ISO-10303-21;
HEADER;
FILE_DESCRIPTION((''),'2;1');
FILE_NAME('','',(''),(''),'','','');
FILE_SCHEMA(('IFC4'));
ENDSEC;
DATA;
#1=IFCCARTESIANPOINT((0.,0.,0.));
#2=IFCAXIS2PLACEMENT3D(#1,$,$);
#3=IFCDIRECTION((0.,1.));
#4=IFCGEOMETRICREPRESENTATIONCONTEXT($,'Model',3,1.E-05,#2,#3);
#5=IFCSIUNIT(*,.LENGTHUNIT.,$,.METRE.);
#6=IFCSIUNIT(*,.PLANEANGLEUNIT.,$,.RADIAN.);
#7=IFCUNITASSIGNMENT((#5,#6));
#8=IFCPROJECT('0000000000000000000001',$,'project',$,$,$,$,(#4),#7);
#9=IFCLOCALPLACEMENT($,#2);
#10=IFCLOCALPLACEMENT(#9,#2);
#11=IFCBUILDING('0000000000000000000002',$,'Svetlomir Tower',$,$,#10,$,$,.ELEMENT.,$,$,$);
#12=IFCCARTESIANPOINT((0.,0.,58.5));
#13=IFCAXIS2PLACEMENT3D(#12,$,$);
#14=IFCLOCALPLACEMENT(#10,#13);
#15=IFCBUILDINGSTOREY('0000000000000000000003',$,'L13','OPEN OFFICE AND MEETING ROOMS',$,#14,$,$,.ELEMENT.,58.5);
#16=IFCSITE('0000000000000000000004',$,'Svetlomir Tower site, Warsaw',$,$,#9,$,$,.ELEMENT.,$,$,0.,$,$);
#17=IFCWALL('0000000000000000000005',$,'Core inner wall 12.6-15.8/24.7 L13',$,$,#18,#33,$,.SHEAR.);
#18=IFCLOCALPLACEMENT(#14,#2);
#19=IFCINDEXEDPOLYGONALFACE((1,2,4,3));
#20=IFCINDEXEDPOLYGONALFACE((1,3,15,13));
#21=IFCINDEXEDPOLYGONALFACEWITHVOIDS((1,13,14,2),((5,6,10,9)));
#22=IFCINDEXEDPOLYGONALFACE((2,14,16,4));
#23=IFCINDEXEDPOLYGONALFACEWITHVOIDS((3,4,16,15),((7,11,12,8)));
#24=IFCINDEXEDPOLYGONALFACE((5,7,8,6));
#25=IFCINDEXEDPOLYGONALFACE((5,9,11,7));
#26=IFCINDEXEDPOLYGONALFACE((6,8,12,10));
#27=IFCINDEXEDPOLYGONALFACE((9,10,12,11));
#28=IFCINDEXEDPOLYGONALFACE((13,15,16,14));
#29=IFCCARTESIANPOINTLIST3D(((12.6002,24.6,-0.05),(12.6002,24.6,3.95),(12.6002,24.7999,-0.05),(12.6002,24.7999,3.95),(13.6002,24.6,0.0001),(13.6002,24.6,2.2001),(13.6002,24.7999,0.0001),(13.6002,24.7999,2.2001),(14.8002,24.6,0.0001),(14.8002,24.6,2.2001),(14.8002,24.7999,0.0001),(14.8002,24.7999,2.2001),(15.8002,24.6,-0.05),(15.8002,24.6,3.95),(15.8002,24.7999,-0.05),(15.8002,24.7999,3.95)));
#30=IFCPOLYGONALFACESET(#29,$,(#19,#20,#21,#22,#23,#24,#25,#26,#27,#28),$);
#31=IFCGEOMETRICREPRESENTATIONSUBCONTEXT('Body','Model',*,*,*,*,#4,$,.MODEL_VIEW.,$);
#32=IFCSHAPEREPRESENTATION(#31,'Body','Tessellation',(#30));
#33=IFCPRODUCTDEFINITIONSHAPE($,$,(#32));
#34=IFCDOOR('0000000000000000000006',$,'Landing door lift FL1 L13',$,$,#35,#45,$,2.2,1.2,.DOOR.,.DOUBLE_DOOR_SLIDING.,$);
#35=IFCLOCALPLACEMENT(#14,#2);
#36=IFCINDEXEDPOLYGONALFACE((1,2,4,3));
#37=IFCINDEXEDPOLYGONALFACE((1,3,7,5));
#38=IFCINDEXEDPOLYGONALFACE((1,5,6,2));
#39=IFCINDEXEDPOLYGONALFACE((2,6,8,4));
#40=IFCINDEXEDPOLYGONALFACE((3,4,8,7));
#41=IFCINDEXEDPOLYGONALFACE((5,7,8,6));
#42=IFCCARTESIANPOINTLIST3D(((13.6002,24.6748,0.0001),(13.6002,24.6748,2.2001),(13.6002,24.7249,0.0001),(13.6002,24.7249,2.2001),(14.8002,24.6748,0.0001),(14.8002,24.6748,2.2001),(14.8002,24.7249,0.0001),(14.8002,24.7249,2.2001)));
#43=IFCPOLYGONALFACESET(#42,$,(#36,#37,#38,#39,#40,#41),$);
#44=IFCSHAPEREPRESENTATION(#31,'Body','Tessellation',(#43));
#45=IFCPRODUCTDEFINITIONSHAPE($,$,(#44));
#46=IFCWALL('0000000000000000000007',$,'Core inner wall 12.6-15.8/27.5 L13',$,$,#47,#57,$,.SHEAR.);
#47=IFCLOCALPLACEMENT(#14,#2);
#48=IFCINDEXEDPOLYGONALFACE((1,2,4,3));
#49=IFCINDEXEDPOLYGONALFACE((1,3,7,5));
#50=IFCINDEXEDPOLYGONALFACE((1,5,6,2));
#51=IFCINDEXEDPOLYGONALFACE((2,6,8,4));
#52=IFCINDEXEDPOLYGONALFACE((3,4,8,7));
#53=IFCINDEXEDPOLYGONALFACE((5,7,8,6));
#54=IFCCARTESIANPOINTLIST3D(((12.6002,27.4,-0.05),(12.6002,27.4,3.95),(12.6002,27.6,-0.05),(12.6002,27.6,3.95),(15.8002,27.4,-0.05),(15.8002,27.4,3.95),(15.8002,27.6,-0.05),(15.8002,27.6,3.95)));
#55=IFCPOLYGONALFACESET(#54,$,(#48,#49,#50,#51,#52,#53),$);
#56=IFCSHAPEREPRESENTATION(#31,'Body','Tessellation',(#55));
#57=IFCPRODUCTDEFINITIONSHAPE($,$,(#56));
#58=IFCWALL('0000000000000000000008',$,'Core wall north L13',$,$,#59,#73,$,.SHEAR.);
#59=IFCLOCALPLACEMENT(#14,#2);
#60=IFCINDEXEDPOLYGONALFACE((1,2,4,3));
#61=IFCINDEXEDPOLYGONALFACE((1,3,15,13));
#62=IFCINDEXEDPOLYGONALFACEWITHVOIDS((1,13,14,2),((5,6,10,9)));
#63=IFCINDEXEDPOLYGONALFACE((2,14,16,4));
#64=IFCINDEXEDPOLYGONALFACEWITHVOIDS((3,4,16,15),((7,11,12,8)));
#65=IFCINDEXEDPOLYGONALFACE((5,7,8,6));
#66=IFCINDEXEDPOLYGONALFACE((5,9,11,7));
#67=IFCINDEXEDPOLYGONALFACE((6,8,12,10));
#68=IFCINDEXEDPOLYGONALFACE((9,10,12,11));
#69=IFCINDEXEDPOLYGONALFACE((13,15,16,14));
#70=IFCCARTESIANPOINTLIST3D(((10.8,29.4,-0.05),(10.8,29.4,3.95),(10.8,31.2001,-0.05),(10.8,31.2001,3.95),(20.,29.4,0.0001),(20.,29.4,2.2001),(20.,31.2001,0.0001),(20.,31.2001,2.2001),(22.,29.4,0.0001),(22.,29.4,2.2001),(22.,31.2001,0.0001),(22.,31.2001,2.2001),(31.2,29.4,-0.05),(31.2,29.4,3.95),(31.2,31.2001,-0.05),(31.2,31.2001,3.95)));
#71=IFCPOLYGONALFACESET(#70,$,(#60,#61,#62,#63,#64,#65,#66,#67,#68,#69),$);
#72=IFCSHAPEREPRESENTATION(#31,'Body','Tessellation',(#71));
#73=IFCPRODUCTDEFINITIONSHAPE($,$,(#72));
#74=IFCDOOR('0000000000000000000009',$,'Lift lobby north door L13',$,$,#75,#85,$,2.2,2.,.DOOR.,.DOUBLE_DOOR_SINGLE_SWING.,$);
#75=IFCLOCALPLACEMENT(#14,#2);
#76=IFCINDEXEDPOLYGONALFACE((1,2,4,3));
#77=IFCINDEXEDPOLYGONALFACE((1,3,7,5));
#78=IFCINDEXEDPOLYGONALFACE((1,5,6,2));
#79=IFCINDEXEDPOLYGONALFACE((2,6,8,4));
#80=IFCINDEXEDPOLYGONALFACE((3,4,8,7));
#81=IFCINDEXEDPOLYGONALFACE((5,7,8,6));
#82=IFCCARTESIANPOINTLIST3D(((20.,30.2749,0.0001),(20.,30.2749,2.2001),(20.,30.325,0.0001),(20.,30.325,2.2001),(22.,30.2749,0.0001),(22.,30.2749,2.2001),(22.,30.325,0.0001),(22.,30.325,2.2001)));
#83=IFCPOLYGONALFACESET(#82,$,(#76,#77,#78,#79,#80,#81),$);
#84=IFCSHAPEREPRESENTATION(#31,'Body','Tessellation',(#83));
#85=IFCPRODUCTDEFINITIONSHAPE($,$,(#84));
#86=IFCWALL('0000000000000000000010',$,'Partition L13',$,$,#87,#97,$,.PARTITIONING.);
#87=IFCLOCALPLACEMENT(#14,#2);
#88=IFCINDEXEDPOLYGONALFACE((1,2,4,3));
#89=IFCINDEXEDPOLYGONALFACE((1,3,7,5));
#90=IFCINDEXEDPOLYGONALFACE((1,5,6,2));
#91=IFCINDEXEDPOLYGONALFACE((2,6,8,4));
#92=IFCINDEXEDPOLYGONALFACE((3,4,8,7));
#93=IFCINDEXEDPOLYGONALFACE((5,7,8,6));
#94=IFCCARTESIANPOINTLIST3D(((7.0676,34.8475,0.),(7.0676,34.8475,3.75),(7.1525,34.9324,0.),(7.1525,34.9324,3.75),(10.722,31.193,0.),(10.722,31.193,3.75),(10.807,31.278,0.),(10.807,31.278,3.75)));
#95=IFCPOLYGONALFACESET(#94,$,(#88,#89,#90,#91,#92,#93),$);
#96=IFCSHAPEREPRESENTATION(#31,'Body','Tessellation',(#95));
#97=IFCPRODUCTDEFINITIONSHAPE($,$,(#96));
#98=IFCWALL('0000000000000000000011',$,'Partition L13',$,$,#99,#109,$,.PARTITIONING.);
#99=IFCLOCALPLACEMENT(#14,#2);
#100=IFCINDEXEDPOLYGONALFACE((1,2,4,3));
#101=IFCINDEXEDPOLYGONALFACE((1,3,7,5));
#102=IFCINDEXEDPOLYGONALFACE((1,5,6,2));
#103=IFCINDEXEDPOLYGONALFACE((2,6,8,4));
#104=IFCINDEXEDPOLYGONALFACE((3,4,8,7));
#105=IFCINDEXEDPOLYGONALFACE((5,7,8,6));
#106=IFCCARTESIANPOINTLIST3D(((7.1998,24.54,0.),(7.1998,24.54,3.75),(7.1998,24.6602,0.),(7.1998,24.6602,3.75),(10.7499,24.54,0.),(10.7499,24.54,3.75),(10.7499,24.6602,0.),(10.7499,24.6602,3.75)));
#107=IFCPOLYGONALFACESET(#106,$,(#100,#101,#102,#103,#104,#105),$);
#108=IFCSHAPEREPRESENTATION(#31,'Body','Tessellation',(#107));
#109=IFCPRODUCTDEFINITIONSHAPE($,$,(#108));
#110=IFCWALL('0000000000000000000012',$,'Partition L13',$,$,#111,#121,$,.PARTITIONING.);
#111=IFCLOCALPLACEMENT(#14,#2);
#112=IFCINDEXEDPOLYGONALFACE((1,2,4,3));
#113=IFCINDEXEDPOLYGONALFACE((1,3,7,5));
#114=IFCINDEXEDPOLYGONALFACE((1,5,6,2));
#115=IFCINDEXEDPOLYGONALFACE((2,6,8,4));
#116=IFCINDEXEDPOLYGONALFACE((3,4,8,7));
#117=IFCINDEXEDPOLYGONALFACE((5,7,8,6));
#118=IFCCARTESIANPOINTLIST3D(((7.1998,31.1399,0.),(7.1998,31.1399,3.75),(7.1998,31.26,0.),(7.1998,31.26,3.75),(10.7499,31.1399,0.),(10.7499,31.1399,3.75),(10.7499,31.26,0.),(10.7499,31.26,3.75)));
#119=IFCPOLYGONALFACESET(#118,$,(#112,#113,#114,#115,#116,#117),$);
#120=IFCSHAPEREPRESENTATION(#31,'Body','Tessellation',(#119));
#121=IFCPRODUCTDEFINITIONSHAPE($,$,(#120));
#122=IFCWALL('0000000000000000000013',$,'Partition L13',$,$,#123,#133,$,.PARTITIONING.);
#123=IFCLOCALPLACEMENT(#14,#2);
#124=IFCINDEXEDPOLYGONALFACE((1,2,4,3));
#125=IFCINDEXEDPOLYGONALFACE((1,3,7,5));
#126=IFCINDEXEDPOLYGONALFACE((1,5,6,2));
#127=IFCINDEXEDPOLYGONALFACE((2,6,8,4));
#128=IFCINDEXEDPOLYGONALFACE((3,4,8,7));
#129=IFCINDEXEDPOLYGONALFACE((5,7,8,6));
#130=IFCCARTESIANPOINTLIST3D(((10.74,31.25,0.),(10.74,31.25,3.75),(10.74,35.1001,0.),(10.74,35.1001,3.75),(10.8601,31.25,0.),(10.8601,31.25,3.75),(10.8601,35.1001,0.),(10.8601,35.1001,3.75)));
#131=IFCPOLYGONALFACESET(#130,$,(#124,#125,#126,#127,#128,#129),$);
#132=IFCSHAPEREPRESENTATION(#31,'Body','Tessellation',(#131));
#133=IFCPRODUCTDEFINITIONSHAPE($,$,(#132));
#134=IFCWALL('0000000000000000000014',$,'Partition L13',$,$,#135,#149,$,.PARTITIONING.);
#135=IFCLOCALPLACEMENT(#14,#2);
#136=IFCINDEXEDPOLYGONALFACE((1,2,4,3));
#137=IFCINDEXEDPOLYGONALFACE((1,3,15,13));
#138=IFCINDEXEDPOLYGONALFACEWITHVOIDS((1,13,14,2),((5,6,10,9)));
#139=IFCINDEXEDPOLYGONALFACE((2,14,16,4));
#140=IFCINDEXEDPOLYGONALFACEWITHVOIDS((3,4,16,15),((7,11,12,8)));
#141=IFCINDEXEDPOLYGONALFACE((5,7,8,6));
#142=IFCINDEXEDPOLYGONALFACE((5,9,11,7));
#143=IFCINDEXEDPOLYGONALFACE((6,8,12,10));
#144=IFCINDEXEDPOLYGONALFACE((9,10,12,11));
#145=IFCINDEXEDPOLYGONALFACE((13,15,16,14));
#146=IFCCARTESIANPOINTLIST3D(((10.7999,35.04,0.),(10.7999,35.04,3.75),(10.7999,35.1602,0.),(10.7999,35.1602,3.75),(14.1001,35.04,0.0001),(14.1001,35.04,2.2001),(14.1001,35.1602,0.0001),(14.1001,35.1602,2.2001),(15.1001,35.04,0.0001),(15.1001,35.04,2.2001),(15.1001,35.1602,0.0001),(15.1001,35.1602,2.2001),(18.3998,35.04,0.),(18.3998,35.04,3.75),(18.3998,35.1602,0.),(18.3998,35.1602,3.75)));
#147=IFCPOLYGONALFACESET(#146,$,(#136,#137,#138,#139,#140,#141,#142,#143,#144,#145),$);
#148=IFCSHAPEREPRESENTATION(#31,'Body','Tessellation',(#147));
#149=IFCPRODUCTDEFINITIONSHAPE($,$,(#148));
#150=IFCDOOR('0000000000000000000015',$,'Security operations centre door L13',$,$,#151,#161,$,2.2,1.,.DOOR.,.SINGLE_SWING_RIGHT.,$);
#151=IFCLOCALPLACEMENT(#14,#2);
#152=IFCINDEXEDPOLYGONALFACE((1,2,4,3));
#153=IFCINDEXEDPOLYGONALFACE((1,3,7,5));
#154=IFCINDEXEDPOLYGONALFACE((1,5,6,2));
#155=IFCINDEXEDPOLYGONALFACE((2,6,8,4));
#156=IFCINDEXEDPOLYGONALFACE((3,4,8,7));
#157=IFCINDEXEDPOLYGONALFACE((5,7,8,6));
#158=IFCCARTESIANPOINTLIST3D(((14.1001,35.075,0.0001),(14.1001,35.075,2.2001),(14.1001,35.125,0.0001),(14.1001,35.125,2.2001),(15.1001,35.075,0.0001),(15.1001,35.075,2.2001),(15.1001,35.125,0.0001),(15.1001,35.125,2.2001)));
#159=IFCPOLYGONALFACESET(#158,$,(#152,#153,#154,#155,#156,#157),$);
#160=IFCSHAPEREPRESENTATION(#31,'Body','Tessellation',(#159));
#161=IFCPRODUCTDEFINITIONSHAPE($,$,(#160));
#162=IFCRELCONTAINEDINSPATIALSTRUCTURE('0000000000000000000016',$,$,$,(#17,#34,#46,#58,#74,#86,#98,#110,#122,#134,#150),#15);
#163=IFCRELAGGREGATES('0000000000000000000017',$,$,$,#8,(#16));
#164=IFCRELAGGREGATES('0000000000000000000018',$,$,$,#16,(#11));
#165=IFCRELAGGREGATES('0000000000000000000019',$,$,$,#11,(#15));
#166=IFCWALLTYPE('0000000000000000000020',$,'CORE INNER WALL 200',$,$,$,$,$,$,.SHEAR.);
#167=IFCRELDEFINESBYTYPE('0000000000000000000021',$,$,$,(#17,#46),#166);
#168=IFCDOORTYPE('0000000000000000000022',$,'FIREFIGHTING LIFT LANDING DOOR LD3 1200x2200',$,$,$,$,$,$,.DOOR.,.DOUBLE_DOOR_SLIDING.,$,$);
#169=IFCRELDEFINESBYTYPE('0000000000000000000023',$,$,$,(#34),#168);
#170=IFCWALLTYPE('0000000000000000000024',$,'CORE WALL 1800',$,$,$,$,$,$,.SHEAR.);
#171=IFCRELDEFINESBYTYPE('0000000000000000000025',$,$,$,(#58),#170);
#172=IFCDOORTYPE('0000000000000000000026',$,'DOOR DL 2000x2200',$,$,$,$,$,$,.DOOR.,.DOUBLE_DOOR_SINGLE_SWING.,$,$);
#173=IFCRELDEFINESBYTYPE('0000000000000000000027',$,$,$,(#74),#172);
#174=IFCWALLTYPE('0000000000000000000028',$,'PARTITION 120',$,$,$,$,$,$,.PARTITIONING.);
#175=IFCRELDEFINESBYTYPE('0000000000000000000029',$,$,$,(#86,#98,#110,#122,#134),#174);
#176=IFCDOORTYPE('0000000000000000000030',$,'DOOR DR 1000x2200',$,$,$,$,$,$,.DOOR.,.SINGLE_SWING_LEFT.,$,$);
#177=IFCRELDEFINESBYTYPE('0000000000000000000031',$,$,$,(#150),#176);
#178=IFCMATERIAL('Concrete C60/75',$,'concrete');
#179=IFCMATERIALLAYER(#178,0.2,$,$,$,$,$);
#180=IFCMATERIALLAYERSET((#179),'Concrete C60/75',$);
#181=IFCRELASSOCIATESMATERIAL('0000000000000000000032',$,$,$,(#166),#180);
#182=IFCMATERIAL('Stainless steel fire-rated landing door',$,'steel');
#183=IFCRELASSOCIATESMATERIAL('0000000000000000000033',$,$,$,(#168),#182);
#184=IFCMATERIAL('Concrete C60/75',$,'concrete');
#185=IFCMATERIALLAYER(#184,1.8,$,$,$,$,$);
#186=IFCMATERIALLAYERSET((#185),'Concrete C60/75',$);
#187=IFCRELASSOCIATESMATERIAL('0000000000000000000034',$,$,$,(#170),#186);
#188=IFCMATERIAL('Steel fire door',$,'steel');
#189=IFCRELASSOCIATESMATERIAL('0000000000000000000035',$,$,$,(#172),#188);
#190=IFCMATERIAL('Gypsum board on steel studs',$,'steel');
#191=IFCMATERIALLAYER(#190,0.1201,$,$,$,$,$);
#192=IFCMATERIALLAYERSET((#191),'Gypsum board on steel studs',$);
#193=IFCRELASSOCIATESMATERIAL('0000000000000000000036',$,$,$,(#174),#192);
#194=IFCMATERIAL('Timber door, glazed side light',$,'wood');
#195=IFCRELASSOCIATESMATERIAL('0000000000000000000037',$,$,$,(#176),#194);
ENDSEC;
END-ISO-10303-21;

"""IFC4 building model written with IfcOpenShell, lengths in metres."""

from ifc_helpers import new_model, si_unit, direction, frame, frame_2d, origin, place, context, subcontext, project, spatial, rectangle, extrude, material, layer, layer_set, type_object, element, fill, save


model = new_model("IFC4")

# Units and contexts
model_context = context("Model", 3, precision=1e-05, world=origin(), true_north=direction((0.0, 1.0)))
body_context = subcontext(model_context, "Body", "Model", "MODEL_VIEW")
ifc_project = project(units=[si_unit("LENGTHUNIT", "METRE"), si_unit("PLANEANGLEUNIT", "RADIAN")], contexts=[model_context])

# Site, building, storey
site_placement = place(None, origin())
site = spatial("IfcSite", under=ifc_project, at=site_placement, Name="Svetlomir Tower site, Warsaw", CompositionType="ELEMENT", RefElevation=0.0)
building_placement = place(site_placement, origin())
building = spatial("IfcBuilding", under=site, at=building_placement, Name="Svetlomir Tower", CompositionType="ELEMENT")
storey_placement = place(building_placement, frame((0.0, 0.0, 58.5)))
storey = spatial("IfcBuildingStorey", under=building, at=storey_placement, Name="L13", Description="OPEN OFFICE AND MEETING ROOMS", CompositionType="ELEMENT", Elevation=58.5)

# Wall, opening, door
ifc_material_1 = material(Name="Concrete C60/75", Category="concrete")
ifc_layer_1 = layer(ifc_material_1, 0.2)
ifc_layer_set_1 = layer_set([ifc_layer_1], Name="Concrete C60/75")
wall_type_1 = type_object("IfcWallType", Name="CORE INNER WALL 200", PredefinedType="SHEAR", material=ifc_layer_set_1)
wall_1_placement = place(storey_placement, frame((12.6001, 24.7, -0.05), z_axis=(0.0, 0.0, 1.0), x_axis=(1.0, 0.0, 0.0)))
wall_1 = element("IfcWall", 1, at=wall_1_placement, inside=storey, type_object=wall_type_1, Name="Core inner wall 12.6-15.8/24.7 L13", PredefinedType="SHEAR", context=body_context, shape_type="SweptSolid", body=[
    extrude(rectangle(XDim=3.2, YDim=0.2, at=frame_2d((1.6001, 0.0))), origin(), (0.0, 0.0, 1.0), 4.0),
])
opening_1_placement = place(wall_1_placement, frame((1.0, 0.0, 0.05)))
opening_1 = element("IfcOpeningElement", 2, at=opening_1_placement, cuts=wall_1, PredefinedType="OPENING", context=body_context, shape_type="SweptSolid", body=[
    extrude(rectangle(XDim=1.2, YDim=2.2, at=frame_2d((0.6001, 1.1001))), frame((0.0, 0.1099, 0.0), z_axis=(0.0, -1.0, 0.0), x_axis=(1.0, 0.0, 0.0)), (0.0, 0.0, 1.0), 0.22),
])
ifc_material_2 = material(Name="Stainless steel fire-rated landing door", Category="steel")
door_type_1 = type_object("IfcDoorType", Name="FIREFIGHTING LIFT LANDING DOOR LD3 1200x2200", OperationType="DOUBLE_DOOR_SLIDING", PredefinedType="DOOR", material=ifc_material_2)
door_1_placement = place(opening_1_placement, origin())
door_1 = element("IfcDoor", 3, at=door_1_placement, inside=storey, type_object=door_type_1, Name="Landing door lift FL1 L13", OperationType="DOUBLE_DOOR_SLIDING", OverallHeight=2.2, OverallWidth=1.2, PredefinedType="DOOR", context=body_context, shape_type="SweptSolid", body=[
    extrude(rectangle(XDim=1.2, YDim=2.2, at=frame_2d((0.6001, 1.1001))), frame((0.0, 0.0249, 0.0), z_axis=(0.0, -1.0, 0.0), x_axis=(1.0, 0.0, 0.0)), (0.0, 0.0, 1.0), 0.05),
])
fill(opening_1, door_1)

# Wall
wall_2_placement = place(storey_placement, frame((12.6001, 27.5, -0.05), z_axis=(0.0, 0.0, 1.0), x_axis=(1.0, 0.0, 0.0)))
element("IfcWall", 4, at=wall_2_placement, inside=storey, type_object=wall_type_1, Name="Core inner wall 12.6-15.8/27.5 L13", PredefinedType="SHEAR", context=body_context, shape_type="SweptSolid", body=[
    extrude(rectangle(XDim=3.2, YDim=0.2, at=frame_2d((1.6001, 0.0))), origin(), (0.0, 0.0, 1.0), 4.0),
])

# Wall, opening, door
ifc_material_3 = material(Name="Concrete C60/75", Category="concrete")
ifc_layer_2 = layer(ifc_material_3, 1.8)
ifc_layer_set_2 = layer_set([ifc_layer_2], Name="Concrete C60/75")
wall_type_2 = type_object("IfcWallType", Name="CORE WALL 1800", PredefinedType="SHEAR", material=ifc_layer_set_2)
wall_3_placement = place(storey_placement, frame((10.8, 30.3, -0.05), z_axis=(0.0, 0.0, 1.0), x_axis=(1.0, 0.0, 0.0)))
wall_3 = element("IfcWall", 5, at=wall_3_placement, inside=storey, type_object=wall_type_2, Name="Core wall north L13", PredefinedType="SHEAR", context=body_context, shape_type="SweptSolid", body=[
    extrude(rectangle(XDim=20.3999, YDim=1.8, at=frame_2d((10.2, 0.0))), origin(), (0.0, 0.0, 1.0), 4.0),
])
opening_2_placement = place(wall_3_placement, frame((9.2, 0.0, 0.05)))
opening_2 = element("IfcOpeningElement", 6, at=opening_2_placement, cuts=wall_3, PredefinedType="OPENING", context=body_context, shape_type="SweptSolid", body=[
    extrude(rectangle(XDim=2.0, YDim=2.2, at=frame_2d((1.0, 1.1001))), frame((0.0, 0.9102, 0.0), z_axis=(0.0, -1.0, 0.0), x_axis=(1.0, 0.0, 0.0)), (0.0, 0.0, 1.0), 1.8201),
])
ifc_material_4 = material(Name="Steel fire door", Category="steel")
door_type_2 = type_object("IfcDoorType", Name="DOOR DL 2000x2200", OperationType="DOUBLE_DOOR_SINGLE_SWING", PredefinedType="DOOR", material=ifc_material_4)
door_2_placement = place(opening_2_placement, origin())
door_2 = element("IfcDoor", 7, at=door_2_placement, inside=storey, type_object=door_type_2, Name="Lift lobby north door L13", OperationType="DOUBLE_DOOR_SINGLE_SWING", OverallHeight=2.2, OverallWidth=2.0, PredefinedType="DOOR", context=body_context, shape_type="SweptSolid", body=[
    extrude(rectangle(XDim=2.0, YDim=2.2, at=frame_2d((1.0, 1.1001))), frame((0.0, 0.0249, 0.0), z_axis=(0.0, -1.0, 0.0), x_axis=(1.0, 0.0, 0.0)), (0.0, 0.0, 1.0), 0.05),
])
fill(opening_2, door_2)

# Walls
ifc_material_5 = material(Name="Gypsum board on steel studs", Category="steel")
ifc_layer_3 = layer(ifc_material_5, 0.1201)
ifc_layer_set_3 = layer_set([ifc_layer_3], Name="Gypsum board on steel studs")
wall_type_3 = type_object("IfcWallType", Name="PARTITION 120", PredefinedType="PARTITIONING", material=ifc_layer_set_3)
wall_4_placement = place(storey_placement, frame((7.1101, 34.8899, 0.0), z_axis=(0.0, 0.0, 1.0), x_axis=(0.707107, -0.707107, 0.0)))
element("IfcWall", 8, at=wall_4_placement, inside=storey, type_object=wall_type_3, Name="Partition L13", PredefinedType="PARTITIONING", context=body_context, shape_type="SweptSolid", body=[
    extrude(rectangle(XDim=5.1682, YDim=0.1201, at=frame_2d((2.584, 0.0))), origin(), (0.0, 0.0, 1.0), 3.75),
])
for number, where, z_axis, x_axis, name in (
    (9, (7.2, 24.6001, 0.0), (0.0, 0.0, 1.0), (1.0, 0.0, 0.0), "Partition L13"),
    (10, (7.2, 31.2, 0.0), (0.0, 0.0, 1.0), (1.0, 0.0, 0.0), "Partition L13"),
):
    element("IfcWall", number, at=place(storey_placement, frame(where, z_axis=z_axis, x_axis=x_axis)), inside=storey, type_object=wall_type_3, Name=name, PredefinedType="PARTITIONING", context=body_context, shape_type="SweptSolid", body=[
        extrude(rectangle(XDim=3.55, YDim=0.1201, at=frame_2d((1.7749, 0.0))), origin(), (0.0, 0.0, 1.0), 3.75),
    ])
wall_5_placement = place(storey_placement, frame((10.8, 31.25, 0.0), z_axis=(0.0, 0.0, 1.0), x_axis=(0.0, 1.0, 0.0)))
element("IfcWall", 11, at=wall_5_placement, inside=storey, type_object=wall_type_3, Name="Partition L13", PredefinedType="PARTITIONING", context=body_context, shape_type="SweptSolid", body=[
    extrude(rectangle(XDim=3.8501, YDim=0.1201, at=frame_2d((1.925, 0.0))), origin(), (0.0, 0.0, 1.0), 3.75),
])

# Wall, opening, door
wall_6_placement = place(storey_placement, frame((10.8, 35.1001, 0.0), z_axis=(0.0, 0.0, 1.0), x_axis=(1.0, 0.0, 0.0)))
wall_6 = element("IfcWall", 12, at=wall_6_placement, inside=storey, type_object=wall_type_3, Name="Partition L13", PredefinedType="PARTITIONING", context=body_context, shape_type="SweptSolid", body=[
    extrude(rectangle(XDim=7.5999, YDim=0.1201, at=frame_2d((3.7998, 0.0))), origin(), (0.0, 0.0, 1.0), 3.75),
])
opening_3_placement = place(wall_6_placement, frame((3.3, 0.0, 0.0)))
opening_3 = element("IfcOpeningElement", 13, at=opening_3_placement, cuts=wall_6, PredefinedType="OPENING", context=body_context, shape_type="SweptSolid", body=[
    extrude(rectangle(XDim=1.0, YDim=2.2, at=frame_2d((0.5, 1.1001))), frame((0.0, 0.0701, 0.0), z_axis=(0.0, -1.0, 0.0), x_axis=(1.0, 0.0, 0.0)), (0.0, 0.0, 1.0), 0.1401),
])
ifc_material_6 = material(Name="Timber door, glazed side light", Category="wood")
door_type_3 = type_object("IfcDoorType", Name="DOOR DR 1000x2200", OperationType="SINGLE_SWING_LEFT", PredefinedType="DOOR", material=ifc_material_6)
door_3_placement = place(opening_3_placement, origin())
door_3 = element("IfcDoor", 14, at=door_3_placement, inside=storey, type_object=door_type_3, Name="Security operations centre door L13", OperationType="SINGLE_SWING_RIGHT", OverallHeight=2.2, OverallWidth=1.0, PredefinedType="DOOR", context=body_context, shape_type="SweptSolid", body=[
    extrude(rectangle(XDim=1.0, YDim=2.2, at=frame_2d((0.5, 1.1001))), frame((0.0, 0.0249, 0.0), z_axis=(0.0, -1.0, 0.0), x_axis=(1.0, 0.0, 0.0)), (0.0, 0.0, 1.0), 0.05),
])
fill(opening_3, door_3)

save(model, "model.ifc")
